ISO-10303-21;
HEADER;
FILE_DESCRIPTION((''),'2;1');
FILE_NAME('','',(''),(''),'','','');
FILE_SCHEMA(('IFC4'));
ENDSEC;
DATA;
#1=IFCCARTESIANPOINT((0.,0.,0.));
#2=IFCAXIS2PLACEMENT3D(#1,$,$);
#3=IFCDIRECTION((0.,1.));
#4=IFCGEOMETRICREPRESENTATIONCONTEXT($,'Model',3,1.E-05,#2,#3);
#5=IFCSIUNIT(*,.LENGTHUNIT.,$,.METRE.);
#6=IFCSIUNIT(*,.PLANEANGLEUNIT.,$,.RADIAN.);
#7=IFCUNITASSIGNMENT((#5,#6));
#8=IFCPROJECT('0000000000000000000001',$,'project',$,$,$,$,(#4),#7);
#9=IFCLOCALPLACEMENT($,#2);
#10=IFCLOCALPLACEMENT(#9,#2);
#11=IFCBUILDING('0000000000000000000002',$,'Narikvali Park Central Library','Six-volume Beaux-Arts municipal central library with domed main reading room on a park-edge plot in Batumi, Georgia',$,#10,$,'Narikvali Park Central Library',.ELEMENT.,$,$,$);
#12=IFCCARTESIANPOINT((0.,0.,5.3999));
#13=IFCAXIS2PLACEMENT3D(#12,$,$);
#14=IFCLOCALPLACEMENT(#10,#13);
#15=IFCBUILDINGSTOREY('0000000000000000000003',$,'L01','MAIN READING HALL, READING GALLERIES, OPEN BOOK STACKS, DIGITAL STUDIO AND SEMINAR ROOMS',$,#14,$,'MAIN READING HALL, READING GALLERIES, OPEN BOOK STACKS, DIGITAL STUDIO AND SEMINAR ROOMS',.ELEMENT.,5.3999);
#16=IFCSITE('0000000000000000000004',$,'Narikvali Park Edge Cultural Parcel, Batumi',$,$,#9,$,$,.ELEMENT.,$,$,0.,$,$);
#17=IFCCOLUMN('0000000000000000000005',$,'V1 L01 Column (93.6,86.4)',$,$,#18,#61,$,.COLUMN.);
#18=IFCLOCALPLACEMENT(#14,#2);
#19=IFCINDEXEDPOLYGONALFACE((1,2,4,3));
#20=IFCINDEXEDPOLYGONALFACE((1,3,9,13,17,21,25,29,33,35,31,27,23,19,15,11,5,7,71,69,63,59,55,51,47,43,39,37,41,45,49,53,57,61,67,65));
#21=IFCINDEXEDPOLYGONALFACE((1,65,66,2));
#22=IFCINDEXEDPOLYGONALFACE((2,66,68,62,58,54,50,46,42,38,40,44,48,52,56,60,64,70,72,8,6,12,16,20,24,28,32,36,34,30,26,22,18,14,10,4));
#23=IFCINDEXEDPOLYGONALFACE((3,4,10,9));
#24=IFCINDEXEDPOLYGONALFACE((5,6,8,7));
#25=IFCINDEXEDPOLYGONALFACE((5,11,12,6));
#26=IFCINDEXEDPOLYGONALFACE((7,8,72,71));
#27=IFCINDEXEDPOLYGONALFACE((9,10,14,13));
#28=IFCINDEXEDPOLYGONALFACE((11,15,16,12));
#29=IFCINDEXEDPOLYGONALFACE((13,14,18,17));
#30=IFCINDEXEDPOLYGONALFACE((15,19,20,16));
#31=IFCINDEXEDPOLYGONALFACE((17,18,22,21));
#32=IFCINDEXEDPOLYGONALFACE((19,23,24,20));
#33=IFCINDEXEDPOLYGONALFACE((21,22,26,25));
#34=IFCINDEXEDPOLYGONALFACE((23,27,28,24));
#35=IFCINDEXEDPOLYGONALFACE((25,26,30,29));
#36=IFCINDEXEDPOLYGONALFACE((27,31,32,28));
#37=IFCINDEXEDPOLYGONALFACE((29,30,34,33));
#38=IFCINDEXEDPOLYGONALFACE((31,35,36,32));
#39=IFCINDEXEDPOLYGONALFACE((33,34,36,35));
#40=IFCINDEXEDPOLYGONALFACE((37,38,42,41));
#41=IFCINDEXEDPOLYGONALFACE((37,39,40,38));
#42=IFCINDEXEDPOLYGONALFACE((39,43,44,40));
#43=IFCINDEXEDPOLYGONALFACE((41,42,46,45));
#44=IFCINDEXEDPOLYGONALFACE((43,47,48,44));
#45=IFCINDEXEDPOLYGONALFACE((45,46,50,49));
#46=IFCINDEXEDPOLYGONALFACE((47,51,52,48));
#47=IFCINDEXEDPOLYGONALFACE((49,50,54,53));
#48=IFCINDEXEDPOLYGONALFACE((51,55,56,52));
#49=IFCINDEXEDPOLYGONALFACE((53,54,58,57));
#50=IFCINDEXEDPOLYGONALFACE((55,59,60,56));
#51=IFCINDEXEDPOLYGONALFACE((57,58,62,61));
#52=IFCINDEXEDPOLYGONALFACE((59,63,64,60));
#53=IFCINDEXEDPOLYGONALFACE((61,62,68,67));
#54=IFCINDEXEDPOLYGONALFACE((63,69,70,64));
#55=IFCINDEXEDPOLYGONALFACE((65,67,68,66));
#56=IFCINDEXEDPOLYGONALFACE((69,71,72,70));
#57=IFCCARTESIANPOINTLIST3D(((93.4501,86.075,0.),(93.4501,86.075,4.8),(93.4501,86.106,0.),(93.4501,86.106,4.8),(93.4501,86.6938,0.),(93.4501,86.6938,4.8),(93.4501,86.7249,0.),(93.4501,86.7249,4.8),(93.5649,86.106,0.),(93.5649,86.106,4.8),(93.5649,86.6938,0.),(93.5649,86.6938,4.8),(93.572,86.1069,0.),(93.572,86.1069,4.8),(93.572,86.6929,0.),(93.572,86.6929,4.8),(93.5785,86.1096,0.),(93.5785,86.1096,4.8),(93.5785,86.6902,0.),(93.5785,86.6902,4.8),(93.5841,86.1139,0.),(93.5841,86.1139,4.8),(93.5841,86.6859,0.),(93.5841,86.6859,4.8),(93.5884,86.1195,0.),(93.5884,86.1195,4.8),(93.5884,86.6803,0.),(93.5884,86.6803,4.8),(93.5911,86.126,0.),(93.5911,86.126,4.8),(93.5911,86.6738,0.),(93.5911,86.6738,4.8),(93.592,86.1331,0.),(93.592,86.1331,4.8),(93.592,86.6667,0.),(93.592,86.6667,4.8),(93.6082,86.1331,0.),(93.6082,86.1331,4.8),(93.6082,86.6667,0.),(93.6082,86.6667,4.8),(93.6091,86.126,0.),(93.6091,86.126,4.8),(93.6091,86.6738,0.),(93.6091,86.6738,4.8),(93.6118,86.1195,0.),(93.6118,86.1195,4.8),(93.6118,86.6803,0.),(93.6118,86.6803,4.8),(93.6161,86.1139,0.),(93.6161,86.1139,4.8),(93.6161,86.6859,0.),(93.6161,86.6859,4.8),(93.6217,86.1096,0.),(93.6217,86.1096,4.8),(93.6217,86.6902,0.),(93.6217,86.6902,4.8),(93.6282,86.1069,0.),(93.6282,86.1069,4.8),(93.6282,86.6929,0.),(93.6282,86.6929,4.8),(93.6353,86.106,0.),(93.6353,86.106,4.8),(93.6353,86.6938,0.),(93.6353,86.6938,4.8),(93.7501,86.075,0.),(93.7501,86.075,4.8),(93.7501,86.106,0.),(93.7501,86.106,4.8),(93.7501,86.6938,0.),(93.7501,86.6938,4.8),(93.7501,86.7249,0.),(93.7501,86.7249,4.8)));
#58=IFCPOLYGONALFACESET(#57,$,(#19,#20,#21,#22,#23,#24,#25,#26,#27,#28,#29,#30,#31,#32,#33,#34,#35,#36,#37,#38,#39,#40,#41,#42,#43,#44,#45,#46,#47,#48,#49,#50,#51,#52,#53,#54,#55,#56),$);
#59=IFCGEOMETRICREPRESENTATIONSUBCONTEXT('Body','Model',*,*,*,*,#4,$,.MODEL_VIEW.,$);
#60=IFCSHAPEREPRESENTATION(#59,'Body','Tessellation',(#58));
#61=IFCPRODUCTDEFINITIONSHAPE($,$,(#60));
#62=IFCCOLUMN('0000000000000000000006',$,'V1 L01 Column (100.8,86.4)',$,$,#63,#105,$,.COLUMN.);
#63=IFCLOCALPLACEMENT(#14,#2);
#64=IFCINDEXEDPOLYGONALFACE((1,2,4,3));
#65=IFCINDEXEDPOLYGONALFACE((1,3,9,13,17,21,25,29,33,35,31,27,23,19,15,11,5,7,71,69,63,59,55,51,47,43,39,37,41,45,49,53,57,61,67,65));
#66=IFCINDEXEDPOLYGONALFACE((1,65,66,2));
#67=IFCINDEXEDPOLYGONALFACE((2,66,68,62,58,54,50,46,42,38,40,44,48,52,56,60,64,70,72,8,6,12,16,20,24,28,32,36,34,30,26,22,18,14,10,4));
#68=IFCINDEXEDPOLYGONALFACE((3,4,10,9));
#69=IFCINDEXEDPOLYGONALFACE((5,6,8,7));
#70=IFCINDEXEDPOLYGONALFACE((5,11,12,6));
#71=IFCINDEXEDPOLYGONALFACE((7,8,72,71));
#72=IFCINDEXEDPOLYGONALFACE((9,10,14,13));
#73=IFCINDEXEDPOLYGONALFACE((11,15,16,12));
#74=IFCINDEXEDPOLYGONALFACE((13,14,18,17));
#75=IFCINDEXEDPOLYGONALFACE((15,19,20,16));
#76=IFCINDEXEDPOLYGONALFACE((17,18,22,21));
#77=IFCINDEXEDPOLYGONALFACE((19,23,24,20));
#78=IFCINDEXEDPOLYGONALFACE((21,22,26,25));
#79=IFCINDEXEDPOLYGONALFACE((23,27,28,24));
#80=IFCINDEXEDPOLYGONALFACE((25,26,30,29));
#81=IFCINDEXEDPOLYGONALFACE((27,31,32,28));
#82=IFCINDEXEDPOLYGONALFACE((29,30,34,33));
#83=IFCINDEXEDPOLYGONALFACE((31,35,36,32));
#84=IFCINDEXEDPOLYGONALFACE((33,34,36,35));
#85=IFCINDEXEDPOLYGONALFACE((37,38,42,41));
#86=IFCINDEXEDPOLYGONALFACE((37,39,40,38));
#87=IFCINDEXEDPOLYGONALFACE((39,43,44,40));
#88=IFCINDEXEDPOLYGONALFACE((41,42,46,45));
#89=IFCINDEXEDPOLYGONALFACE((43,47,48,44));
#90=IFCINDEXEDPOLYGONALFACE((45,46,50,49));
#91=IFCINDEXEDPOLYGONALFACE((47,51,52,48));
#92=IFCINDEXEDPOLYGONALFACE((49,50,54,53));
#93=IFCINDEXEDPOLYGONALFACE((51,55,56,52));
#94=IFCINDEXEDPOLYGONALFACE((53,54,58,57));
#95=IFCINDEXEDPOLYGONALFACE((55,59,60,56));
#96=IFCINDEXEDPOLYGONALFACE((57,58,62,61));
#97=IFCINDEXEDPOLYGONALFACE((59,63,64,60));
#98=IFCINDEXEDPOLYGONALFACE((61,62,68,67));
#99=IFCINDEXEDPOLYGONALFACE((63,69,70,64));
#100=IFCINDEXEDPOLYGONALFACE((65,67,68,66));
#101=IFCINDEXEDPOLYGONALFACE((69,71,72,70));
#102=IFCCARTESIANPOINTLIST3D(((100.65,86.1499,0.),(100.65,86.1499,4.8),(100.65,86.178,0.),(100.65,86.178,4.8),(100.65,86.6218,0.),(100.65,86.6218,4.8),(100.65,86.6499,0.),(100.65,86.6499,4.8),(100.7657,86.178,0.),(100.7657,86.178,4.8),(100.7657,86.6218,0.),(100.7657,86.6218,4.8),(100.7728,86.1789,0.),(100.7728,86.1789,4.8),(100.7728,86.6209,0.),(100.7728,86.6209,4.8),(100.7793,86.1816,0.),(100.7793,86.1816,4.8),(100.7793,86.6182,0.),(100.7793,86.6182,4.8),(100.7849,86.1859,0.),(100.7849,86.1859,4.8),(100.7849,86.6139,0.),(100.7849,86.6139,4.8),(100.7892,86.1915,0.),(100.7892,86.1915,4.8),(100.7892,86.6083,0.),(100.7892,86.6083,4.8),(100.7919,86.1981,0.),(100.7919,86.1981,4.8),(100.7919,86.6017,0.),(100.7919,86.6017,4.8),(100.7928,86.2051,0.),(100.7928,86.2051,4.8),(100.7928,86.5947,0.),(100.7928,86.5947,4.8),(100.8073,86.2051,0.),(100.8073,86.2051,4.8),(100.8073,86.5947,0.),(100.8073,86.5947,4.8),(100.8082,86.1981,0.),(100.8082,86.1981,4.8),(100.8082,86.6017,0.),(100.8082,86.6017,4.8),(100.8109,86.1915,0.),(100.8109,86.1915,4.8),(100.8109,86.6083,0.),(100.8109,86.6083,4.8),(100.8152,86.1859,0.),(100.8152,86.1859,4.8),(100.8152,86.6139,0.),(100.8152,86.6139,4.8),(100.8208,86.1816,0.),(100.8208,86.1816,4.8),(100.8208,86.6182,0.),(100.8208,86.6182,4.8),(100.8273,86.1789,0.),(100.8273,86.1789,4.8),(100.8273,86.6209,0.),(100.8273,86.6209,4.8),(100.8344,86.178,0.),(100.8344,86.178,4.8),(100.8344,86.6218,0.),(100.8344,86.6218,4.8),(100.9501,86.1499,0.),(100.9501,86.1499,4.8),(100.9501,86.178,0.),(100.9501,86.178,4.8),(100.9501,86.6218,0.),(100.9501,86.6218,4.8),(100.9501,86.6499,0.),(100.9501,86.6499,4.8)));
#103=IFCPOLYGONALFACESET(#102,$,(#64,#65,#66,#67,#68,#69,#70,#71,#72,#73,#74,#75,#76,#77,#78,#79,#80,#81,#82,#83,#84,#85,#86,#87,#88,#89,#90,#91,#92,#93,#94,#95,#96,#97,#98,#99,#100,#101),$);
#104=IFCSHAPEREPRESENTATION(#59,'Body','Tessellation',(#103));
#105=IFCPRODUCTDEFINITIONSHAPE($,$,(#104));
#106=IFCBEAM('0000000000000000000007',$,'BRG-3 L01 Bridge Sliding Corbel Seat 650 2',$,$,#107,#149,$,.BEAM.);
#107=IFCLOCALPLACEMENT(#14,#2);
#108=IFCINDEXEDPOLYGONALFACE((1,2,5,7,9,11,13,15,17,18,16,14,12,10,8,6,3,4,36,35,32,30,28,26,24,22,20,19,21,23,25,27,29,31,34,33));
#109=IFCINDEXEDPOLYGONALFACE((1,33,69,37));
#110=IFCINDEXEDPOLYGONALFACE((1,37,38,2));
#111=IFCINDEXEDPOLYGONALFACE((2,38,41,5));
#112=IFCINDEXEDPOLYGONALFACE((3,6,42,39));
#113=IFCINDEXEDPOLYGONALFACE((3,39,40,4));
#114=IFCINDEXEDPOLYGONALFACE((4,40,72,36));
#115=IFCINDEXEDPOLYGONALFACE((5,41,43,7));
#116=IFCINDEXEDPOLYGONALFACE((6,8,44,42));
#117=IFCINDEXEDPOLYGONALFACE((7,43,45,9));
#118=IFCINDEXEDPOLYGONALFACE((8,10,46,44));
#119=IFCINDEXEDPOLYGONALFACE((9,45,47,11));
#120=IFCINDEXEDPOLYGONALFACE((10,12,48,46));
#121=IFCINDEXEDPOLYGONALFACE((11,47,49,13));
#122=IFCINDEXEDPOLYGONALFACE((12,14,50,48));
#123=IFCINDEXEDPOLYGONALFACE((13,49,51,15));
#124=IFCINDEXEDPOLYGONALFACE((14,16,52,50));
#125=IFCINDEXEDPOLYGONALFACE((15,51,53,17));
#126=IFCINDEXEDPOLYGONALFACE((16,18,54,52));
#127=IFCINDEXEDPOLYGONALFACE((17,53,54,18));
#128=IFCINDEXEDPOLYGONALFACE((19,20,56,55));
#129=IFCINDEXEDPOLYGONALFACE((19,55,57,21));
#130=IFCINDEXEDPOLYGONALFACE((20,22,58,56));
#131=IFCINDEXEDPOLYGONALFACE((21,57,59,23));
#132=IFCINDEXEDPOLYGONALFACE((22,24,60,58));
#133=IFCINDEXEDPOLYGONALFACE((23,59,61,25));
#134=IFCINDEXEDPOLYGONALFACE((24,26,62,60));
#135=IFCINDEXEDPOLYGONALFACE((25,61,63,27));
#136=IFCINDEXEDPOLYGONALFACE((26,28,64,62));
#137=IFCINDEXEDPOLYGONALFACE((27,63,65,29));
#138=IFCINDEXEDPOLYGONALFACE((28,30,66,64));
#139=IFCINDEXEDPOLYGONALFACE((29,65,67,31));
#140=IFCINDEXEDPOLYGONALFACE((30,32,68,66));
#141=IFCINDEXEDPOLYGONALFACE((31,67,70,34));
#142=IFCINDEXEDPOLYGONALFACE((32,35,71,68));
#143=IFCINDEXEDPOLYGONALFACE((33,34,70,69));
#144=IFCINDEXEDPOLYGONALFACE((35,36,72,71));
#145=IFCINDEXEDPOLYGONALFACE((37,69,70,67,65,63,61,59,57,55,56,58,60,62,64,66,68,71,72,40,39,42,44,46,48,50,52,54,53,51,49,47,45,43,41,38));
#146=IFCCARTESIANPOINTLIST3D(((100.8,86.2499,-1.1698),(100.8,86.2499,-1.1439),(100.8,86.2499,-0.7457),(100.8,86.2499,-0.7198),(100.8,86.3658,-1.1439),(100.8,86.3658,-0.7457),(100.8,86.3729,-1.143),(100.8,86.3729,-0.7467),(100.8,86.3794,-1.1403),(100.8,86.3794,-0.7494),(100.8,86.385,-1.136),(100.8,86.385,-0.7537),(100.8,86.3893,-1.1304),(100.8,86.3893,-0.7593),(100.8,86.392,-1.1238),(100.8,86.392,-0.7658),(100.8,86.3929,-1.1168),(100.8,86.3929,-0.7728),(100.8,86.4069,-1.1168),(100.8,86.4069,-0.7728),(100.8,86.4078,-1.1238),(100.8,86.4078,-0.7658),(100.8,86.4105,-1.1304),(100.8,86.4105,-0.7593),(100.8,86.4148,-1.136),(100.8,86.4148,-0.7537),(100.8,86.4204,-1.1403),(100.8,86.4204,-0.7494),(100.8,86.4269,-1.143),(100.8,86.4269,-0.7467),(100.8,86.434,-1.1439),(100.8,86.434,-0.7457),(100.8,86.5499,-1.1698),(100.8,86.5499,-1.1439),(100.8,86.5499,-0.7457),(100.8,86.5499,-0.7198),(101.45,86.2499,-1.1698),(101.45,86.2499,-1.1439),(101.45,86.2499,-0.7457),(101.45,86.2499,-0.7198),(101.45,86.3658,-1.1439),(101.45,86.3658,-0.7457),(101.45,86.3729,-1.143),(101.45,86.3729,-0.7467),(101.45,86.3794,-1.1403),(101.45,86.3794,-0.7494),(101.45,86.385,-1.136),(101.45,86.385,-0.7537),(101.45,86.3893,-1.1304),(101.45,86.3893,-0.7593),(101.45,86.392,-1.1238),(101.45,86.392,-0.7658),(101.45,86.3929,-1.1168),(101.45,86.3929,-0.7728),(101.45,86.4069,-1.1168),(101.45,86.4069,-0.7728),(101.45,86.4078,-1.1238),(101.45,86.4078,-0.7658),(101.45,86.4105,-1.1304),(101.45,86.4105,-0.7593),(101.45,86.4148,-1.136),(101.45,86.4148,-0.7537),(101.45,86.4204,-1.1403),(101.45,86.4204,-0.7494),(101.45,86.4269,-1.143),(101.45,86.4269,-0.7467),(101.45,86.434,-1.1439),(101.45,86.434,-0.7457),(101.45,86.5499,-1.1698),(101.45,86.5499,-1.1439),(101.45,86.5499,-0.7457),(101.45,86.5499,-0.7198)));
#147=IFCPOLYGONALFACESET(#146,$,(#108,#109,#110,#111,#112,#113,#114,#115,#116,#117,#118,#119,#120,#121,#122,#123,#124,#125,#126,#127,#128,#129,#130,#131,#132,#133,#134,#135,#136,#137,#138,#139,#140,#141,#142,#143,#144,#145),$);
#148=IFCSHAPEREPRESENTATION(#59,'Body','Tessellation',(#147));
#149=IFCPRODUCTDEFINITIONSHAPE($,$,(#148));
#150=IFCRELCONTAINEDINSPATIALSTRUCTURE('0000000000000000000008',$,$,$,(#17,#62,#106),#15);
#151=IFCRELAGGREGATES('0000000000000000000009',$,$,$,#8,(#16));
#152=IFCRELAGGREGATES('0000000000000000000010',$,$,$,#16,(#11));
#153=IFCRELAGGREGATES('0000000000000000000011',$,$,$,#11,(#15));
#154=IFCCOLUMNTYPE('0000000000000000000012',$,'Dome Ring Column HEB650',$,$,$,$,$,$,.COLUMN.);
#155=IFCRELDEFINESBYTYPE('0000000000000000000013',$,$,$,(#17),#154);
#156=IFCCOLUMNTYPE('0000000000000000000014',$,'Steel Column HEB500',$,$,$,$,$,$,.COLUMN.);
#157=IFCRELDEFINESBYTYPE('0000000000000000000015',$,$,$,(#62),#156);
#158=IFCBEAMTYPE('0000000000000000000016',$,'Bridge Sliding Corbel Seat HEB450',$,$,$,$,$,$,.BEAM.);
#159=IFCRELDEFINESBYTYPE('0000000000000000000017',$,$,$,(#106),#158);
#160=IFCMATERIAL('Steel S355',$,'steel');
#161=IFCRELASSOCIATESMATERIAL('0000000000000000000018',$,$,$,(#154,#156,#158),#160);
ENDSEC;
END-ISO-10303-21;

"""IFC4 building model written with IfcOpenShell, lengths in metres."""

from ifc_helpers import new_model, si_unit, direction, frame, origin, origin_2d, place, context, subcontext, project, spatial, i_section, extrude, material, material_profile, profile_set, type_object, element, save


model = new_model("IFC4")

# Units and contexts
model_context = context("Model", 3, precision=1e-05, world=origin(), true_north=direction((0.0, 1.0)))
body_context = subcontext(model_context, "Body", "Model", "MODEL_VIEW")
ifc_project = project(units=[si_unit("LENGTHUNIT", "METRE"), si_unit("PLANEANGLEUNIT", "RADIAN")], contexts=[model_context])

# Site, building, storey
site_placement = place(None, origin())
site = spatial("IfcSite", under=ifc_project, at=site_placement, Name="Narikvali Park Edge Cultural Parcel, Batumi", CompositionType="ELEMENT", RefElevation=0.0)
building_placement = place(site_placement, origin())
building = spatial("IfcBuilding", under=site, at=building_placement, Name="Narikvali Park Central Library", Description="Six-volume Beaux-Arts municipal central library with domed main reading room on a park-edge plot in Batumi, Georgia", LongName="Narikvali Park Central Library", CompositionType="ELEMENT")
storey_placement = place(building_placement, frame((0.0, 0.0, 5.3999)))
storey = spatial("IfcBuildingStorey", under=building, at=storey_placement, Name="L01", Description="MAIN READING HALL, READING GALLERIES, OPEN BOOK STACKS, DIGITAL STUDIO AND SEMINAR ROOMS", LongName="MAIN READING HALL, READING GALLERIES, OPEN BOOK STACKS, DIGITAL STUDIO AND SEMINAR ROOMS", CompositionType="ELEMENT", Elevation=5.3999)

# Columns
ifc_material_1 = material(Name="Steel S355", Category="steel")
ifc_material_profile_1 = material_profile(ifc_material_1, i_section(OverallWidth=0.3, OverallDepth=0.6499, WebThickness=0.0161, FlangeThickness=0.031, FilletRadius=0.0271, at=origin_2d()), Name="HEB 650")
ifc_profile_set_1 = profile_set([ifc_material_profile_1], Name="Steel S355")
column_type_1 = type_object("IfcColumnType", Name="Dome Ring Column HEB650", PredefinedType="COLUMN", material=ifc_profile_set_1)
column_1_placement = place(storey_placement, frame((93.6001, 86.3999, 0.0), z_axis=(0.0, 0.0, 1.0), x_axis=(1.0, 0.0, 0.0)))
element("IfcColumn", 1, at=column_1_placement, inside=storey, type_object=column_type_1, Name="V1 L01 Column (93.6,86.4)", PredefinedType="COLUMN", context=body_context, shape_type="SweptSolid", body=[
    extrude(i_section(OverallWidth=0.3, OverallDepth=0.6499, WebThickness=0.0161, FlangeThickness=0.031, FilletRadius=0.0271, at=origin_2d()), origin(), (0.0, 0.0, 1.0), 4.8),
])
ifc_material_profile_2 = material_profile(ifc_material_1, i_section(OverallWidth=0.3, OverallDepth=0.5, WebThickness=0.0144, FlangeThickness=0.0281, FilletRadius=0.0271, at=origin_2d()), Name="HEB 500")
ifc_profile_set_2 = profile_set([ifc_material_profile_2], Name="Steel S355")
column_type_2 = type_object("IfcColumnType", Name="Steel Column HEB500", PredefinedType="COLUMN", material=ifc_profile_set_2)
column_2_placement = place(storey_placement, frame((100.8, 86.3999, 0.0), z_axis=(0.0, 0.0, 1.0), x_axis=(1.0, 0.0, 0.0)))
element("IfcColumn", 2, at=column_2_placement, inside=storey, type_object=column_type_2, Name="V1 L01 Column (100.8,86.4)", PredefinedType="COLUMN", context=body_context, shape_type="SweptSolid", body=[
    extrude(i_section(OverallWidth=0.3, OverallDepth=0.5, WebThickness=0.0144, FlangeThickness=0.0281, FilletRadius=0.0271, at=origin_2d()), origin(), (0.0, 0.0, 1.0), 4.8),
])

# Beam
ifc_material_profile_3 = material_profile(ifc_material_1, i_section(OverallWidth=0.3, OverallDepth=0.45, WebThickness=0.0139, FlangeThickness=0.0259, FilletRadius=0.0271, at=origin_2d()), Name="HEB 450")
ifc_profile_set_3 = profile_set([ifc_material_profile_3], Name="Steel S355")
beam_type_1 = type_object("IfcBeamType", Name="Bridge Sliding Corbel Seat HEB450", PredefinedType="BEAM", material=ifc_profile_set_3)
beam_1_placement = place(storey_placement, frame((100.8, 86.3999, -0.9448), z_axis=(1.0, 0.0, 0.0), x_axis=(0.0, 1.0, 0.0)))
element("IfcBeam", 3, at=beam_1_placement, inside=storey, type_object=beam_type_1, Name="BRG-3 L01 Bridge Sliding Corbel Seat 650 2", PredefinedType="BEAM", context=body_context, shape_type="SweptSolid", body=[
    extrude(i_section(OverallWidth=0.3, OverallDepth=0.45, WebThickness=0.0139, FlangeThickness=0.0259, FilletRadius=0.0271, at=origin_2d()), origin(), (0.0, 0.0, 1.0), 0.6499),
])

save(model, "model.ifc")
